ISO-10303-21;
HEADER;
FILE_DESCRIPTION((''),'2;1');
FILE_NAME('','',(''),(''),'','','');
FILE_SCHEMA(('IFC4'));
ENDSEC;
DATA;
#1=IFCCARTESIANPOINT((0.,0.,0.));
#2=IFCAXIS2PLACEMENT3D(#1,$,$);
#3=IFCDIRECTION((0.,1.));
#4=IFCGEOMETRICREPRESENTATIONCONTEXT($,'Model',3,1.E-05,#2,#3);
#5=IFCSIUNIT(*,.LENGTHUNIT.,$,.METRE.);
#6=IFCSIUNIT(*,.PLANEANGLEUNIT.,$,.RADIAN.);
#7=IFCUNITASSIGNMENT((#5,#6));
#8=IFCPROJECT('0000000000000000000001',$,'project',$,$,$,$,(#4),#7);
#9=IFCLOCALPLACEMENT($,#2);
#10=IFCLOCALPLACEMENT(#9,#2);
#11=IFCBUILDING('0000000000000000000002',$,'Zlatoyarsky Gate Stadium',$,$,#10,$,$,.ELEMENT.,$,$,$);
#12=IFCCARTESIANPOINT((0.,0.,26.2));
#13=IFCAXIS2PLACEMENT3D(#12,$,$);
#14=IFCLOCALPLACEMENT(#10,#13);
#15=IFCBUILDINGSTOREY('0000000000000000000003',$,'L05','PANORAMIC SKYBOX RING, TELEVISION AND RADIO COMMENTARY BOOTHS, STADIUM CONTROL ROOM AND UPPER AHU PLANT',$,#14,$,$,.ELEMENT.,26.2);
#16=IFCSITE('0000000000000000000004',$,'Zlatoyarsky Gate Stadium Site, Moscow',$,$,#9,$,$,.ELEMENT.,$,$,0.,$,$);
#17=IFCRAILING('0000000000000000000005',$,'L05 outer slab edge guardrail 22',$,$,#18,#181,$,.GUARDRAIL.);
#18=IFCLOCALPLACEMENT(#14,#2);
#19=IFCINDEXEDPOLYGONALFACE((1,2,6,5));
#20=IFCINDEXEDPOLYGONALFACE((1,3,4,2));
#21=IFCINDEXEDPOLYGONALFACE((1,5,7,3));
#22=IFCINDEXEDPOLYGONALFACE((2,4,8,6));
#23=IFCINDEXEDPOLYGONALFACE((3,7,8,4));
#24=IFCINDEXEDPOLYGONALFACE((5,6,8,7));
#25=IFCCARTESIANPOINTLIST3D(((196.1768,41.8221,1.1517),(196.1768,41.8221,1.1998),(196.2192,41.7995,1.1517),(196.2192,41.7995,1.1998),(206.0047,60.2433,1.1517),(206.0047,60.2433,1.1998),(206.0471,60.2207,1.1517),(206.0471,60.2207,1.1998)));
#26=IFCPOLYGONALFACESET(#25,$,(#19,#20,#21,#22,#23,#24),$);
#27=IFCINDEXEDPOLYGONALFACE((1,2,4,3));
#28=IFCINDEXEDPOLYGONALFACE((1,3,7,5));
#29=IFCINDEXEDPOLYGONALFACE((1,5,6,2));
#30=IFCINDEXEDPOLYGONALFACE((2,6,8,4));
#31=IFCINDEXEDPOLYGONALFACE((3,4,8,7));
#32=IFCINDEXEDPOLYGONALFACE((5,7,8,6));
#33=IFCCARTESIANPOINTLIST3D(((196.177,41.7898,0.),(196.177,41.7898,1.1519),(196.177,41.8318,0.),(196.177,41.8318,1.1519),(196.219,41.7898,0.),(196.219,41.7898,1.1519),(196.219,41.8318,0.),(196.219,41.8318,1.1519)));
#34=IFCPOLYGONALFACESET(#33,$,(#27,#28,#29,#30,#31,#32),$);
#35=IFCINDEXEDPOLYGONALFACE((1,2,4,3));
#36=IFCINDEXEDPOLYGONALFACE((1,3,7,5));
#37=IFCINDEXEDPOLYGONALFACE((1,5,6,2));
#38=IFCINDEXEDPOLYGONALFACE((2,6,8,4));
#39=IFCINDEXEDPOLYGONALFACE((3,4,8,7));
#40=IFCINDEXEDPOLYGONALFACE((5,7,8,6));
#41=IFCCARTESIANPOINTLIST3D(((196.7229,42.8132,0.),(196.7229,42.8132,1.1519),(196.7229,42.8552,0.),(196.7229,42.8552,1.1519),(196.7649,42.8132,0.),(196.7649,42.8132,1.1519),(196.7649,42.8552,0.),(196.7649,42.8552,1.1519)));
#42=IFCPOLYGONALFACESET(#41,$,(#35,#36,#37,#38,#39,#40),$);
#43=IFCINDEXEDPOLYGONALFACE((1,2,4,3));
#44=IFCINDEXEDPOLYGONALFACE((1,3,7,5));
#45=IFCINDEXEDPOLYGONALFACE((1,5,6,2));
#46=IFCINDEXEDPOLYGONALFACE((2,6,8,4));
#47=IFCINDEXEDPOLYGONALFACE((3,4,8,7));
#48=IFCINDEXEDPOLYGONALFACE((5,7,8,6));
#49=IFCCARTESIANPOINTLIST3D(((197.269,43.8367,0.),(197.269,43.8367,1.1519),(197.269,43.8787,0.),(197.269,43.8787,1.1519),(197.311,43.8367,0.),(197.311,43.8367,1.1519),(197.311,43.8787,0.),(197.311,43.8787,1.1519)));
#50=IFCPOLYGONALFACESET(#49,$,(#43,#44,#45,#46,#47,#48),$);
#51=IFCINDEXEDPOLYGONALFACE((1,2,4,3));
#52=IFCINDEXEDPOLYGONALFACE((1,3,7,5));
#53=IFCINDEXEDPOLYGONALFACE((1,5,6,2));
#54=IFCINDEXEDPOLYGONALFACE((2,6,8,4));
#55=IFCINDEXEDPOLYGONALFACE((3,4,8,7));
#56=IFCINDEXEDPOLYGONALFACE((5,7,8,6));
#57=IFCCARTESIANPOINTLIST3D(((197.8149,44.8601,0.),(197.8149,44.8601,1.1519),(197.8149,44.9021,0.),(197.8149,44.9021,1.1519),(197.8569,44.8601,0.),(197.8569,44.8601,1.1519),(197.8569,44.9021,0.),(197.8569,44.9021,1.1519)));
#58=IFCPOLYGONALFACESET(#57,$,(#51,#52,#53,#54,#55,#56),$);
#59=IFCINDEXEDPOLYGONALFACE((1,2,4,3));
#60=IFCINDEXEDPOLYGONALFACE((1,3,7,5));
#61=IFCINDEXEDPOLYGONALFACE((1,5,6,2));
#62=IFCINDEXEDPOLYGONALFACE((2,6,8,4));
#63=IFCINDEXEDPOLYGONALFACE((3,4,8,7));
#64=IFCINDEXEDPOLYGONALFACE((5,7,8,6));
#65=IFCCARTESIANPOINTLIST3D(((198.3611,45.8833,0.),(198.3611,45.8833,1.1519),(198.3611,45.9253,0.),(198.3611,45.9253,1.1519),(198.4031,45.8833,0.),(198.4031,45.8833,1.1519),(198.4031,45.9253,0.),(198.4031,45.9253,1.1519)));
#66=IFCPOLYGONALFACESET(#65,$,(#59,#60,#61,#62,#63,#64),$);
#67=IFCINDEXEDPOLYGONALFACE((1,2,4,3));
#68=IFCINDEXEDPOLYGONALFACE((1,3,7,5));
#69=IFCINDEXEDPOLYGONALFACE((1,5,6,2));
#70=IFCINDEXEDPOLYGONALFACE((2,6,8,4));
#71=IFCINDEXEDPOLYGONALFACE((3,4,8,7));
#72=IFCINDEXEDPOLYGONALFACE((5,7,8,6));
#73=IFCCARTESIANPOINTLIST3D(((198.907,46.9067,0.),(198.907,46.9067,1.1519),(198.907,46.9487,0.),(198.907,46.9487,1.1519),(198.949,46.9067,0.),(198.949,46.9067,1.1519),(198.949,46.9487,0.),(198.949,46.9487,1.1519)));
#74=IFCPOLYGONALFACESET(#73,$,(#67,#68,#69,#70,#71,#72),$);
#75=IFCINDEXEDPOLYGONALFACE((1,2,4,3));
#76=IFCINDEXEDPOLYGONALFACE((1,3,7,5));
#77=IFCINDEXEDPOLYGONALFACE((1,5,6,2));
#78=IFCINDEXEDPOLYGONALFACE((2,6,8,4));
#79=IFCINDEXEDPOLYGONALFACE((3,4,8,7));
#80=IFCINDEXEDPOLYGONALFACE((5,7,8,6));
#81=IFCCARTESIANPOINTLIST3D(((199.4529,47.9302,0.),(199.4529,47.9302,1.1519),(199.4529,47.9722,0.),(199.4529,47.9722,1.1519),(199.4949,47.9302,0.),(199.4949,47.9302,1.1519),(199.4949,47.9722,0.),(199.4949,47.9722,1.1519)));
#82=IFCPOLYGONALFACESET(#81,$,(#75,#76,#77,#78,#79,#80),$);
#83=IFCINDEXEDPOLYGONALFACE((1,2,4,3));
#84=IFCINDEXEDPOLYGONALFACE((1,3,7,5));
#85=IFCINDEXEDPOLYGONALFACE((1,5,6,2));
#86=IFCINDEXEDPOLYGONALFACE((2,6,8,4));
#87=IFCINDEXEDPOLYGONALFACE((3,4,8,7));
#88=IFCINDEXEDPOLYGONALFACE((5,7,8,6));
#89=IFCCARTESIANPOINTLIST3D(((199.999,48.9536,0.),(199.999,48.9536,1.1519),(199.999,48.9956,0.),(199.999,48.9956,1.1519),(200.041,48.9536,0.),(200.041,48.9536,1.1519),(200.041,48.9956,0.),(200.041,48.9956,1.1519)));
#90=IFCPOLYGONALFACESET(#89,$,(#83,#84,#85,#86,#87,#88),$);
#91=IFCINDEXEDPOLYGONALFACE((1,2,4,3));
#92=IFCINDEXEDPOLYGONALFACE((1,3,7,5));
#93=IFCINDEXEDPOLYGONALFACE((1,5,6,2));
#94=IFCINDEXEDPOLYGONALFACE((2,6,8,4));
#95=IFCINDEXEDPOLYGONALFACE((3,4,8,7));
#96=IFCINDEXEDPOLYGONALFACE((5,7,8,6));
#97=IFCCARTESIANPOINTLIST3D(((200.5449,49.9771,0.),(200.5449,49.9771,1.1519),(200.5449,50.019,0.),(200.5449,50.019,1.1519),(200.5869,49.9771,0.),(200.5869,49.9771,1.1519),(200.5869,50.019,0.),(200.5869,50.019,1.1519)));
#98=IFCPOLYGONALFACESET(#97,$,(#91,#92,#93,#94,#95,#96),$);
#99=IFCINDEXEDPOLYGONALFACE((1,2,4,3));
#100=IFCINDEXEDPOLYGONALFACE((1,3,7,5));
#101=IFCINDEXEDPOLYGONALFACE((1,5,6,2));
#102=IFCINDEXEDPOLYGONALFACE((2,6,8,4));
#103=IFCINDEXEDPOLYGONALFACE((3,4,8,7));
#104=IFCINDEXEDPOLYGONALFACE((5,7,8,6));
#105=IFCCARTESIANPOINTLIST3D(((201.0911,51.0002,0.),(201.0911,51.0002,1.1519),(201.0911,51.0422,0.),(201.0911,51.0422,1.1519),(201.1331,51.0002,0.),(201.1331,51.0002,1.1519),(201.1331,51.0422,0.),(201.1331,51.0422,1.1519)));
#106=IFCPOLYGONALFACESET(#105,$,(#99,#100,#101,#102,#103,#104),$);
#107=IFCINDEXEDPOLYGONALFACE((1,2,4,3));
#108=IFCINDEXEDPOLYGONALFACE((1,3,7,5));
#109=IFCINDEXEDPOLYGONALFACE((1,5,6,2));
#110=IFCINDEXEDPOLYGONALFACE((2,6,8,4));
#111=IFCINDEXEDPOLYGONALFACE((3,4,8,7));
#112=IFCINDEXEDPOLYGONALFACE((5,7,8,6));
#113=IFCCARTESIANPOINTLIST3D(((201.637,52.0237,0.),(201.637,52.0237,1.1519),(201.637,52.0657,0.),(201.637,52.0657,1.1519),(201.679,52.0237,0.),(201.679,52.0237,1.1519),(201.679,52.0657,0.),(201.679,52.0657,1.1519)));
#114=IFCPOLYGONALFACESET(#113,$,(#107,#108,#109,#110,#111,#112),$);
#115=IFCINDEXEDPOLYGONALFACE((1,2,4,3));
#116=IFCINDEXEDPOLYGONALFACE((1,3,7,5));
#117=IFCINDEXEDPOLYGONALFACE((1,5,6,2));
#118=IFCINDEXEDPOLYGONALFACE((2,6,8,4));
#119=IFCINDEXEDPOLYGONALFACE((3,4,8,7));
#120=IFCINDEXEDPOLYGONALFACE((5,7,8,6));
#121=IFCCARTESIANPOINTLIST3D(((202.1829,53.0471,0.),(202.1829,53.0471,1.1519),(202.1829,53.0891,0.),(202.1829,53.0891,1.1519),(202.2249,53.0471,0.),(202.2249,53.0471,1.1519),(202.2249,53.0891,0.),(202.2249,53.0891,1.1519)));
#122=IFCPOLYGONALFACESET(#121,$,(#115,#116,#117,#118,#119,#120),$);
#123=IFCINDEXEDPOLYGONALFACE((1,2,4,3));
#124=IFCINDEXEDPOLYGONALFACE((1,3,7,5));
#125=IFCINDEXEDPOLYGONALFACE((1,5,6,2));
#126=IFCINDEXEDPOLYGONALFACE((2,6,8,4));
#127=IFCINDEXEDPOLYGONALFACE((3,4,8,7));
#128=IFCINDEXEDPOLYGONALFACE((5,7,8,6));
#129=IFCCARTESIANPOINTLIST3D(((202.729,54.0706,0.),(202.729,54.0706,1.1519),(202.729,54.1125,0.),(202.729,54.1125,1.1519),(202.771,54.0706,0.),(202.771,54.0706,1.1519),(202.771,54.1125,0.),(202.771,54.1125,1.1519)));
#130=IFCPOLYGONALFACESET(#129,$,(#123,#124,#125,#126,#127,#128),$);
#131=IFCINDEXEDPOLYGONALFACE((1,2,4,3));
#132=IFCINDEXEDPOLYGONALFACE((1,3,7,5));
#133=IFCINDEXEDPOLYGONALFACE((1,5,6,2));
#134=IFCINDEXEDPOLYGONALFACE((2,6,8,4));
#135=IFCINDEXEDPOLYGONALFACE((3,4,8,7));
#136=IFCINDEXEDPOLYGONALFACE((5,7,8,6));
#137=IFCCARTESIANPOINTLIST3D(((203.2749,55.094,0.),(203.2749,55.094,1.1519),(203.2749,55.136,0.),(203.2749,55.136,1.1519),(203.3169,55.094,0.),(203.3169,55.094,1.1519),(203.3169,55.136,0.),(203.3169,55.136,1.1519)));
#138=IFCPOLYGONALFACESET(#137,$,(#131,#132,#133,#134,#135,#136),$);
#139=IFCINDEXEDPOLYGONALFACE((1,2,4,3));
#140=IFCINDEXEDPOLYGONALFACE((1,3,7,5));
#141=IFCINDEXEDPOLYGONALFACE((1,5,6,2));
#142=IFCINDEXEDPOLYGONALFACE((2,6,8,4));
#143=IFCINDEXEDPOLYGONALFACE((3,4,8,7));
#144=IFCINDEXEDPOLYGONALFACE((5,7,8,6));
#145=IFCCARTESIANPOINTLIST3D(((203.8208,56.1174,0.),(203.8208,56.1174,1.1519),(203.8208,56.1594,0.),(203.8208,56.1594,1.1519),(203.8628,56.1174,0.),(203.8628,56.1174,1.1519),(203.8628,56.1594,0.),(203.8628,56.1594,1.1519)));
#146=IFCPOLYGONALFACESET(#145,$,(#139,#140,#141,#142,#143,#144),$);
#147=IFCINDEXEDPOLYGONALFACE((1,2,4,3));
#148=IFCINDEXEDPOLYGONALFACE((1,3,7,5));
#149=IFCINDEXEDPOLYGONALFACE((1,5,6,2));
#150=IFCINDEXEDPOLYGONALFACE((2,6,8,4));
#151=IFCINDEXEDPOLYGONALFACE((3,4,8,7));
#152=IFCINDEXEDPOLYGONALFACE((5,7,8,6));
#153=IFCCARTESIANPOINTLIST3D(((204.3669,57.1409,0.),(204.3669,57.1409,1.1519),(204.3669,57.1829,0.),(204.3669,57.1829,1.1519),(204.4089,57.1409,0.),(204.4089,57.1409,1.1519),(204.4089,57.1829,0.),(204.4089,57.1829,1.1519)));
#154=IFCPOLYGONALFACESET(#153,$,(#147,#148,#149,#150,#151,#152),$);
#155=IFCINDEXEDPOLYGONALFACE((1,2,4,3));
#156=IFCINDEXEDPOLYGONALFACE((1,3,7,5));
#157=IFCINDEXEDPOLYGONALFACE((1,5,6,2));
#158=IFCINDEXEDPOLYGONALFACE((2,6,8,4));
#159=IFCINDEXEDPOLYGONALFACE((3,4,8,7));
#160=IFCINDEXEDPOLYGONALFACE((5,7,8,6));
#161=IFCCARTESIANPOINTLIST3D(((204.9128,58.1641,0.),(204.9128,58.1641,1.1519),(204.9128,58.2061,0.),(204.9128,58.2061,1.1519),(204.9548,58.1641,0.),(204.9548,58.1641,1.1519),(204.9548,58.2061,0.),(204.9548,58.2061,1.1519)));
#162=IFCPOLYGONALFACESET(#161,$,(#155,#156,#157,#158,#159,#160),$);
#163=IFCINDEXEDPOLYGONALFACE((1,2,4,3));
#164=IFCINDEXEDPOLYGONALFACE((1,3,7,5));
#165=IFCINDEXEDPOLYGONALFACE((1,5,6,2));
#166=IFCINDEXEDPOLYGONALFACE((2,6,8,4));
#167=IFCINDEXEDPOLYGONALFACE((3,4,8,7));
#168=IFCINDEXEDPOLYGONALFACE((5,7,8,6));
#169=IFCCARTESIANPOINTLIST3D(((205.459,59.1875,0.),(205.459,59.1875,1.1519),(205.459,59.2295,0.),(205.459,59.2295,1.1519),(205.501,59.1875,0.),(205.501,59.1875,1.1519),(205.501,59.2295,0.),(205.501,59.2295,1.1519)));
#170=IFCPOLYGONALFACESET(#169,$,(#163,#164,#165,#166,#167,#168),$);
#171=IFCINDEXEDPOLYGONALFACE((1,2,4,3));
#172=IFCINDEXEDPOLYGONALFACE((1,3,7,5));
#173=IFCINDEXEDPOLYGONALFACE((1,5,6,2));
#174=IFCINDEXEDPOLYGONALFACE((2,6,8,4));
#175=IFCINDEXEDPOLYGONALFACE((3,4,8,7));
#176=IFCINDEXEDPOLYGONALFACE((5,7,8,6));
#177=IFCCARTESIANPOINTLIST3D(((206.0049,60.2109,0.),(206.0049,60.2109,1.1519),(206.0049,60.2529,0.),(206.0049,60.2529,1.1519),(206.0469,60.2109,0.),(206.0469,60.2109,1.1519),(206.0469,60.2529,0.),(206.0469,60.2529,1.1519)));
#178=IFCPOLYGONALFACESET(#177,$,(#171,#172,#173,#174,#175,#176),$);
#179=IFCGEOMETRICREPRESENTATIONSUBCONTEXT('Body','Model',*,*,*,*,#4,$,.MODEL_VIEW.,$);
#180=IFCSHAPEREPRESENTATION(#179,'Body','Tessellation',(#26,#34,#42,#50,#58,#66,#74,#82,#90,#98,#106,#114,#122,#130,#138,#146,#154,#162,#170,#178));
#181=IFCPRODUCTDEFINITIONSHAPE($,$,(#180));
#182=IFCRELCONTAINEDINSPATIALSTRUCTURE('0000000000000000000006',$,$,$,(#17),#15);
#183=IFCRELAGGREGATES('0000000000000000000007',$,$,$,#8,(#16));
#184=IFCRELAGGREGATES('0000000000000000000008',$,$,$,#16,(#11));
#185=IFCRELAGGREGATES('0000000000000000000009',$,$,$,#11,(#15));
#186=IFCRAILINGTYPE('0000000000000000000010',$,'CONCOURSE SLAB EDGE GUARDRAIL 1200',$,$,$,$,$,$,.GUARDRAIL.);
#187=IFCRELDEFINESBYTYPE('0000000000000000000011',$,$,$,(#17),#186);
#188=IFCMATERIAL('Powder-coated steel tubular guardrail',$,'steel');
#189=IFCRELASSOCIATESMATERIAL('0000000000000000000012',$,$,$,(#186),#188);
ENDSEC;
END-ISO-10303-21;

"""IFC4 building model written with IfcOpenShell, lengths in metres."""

from ifc_helpers import new_model, si_unit, direction, frame, origin, origin_2d, place, context, subcontext, project, spatial, rectangle, extrude, material, type_object, element, save


model = new_model("IFC4")

# Units and contexts
model_context = context("Model", 3, precision=1e-05, world=origin(), true_north=direction((0.0, 1.0)))
body_context = subcontext(model_context, "Body", "Model", "MODEL_VIEW")
ifc_project = project(units=[si_unit("LENGTHUNIT", "METRE"), si_unit("PLANEANGLEUNIT", "RADIAN")], contexts=[model_context])

# Site, building, storey
site_placement = place(None, origin())
site = spatial("IfcSite", under=ifc_project, at=site_placement, Name="Zlatoyarsky Gate Stadium Site, Moscow", CompositionType="ELEMENT", RefElevation=0.0)
building_placement = place(site_placement, origin())
building = spatial("IfcBuilding", under=site, at=building_placement, Name="Zlatoyarsky Gate Stadium", CompositionType="ELEMENT")
storey_placement = place(building_placement, frame((0.0, 0.0, 26.2)))
storey = spatial("IfcBuildingStorey", under=building, at=storey_placement, Name="L05", Description="PANORAMIC SKYBOX RING, TELEVISION AND RADIO COMMENTARY BOOTHS, STADIUM CONTROL ROOM AND UPPER AHU PLANT", CompositionType="ELEMENT", Elevation=26.2)

# Railing
ifc_material_1 = material(Name="Powder-coated steel tubular guardrail", Category="steel")
railing_type = type_object("IfcRailingType", Name="CONCOURSE SLAB EDGE GUARDRAIL 1200", PredefinedType="GUARDRAIL", material=ifc_material_1)
railing_placement = place(storey_placement, frame((196.198, 41.8108, 0.0)))
element("IfcRailing", 1, at=railing_placement, inside=storey, type_object=railing_type, Name="L05 outer slab edge guardrail 22", PredefinedType="GUARDRAIL", context=body_context, shape_type="SweptSolid", body=[
    extrude(rectangle(XDim=0.0481, YDim=0.0481, at=origin_2d()), frame((0.0, 0.0, 1.1758), z_axis=(0.47071, 0.882288, 0.0), x_axis=(-0.882288, 0.47071, 0.0)), (0.0, 0.0, 1.0), 20.8789),
    extrude(rectangle(XDim=0.042, YDim=0.042, at=origin_2d()), origin(), (0.0, 0.0, 1.0), 1.1519),
    extrude(rectangle(XDim=0.042, YDim=0.042, at=origin_2d()), frame((0.5459, 1.0234, 0.0)), (0.0, 0.0, 1.0), 1.1519),
    extrude(rectangle(XDim=0.042, YDim=0.042, at=origin_2d()), frame((1.092, 2.0469, 0.0)), (0.0, 0.0, 1.0), 1.1519),
    extrude(rectangle(XDim=0.042, YDim=0.042, at=origin_2d()), frame((1.6379, 3.0703, 0.0)), (0.0, 0.0, 1.0), 1.1519),
    extrude(rectangle(XDim=0.042, YDim=0.042, at=origin_2d()), frame((2.1841, 4.0935, 0.0)), (0.0, 0.0, 1.0), 1.1519),
    extrude(rectangle(XDim=0.042, YDim=0.042, at=origin_2d()), frame((2.73, 5.1169, 0.0)), (0.0, 0.0, 1.0), 1.1519),
    extrude(rectangle(XDim=0.042, YDim=0.042, at=origin_2d()), frame((3.2759, 6.1404, 0.0)), (0.0, 0.0, 1.0), 1.1519),
    extrude(rectangle(XDim=0.042, YDim=0.042, at=origin_2d()), frame((3.822, 7.1638, 0.0)), (0.0, 0.0, 1.0), 1.1519),
    extrude(rectangle(XDim=0.042, YDim=0.042, at=origin_2d()), frame((4.3679, 8.1873, 0.0)), (0.0, 0.0, 1.0), 1.1519),
    extrude(rectangle(XDim=0.042, YDim=0.042, at=origin_2d()), frame((4.9141, 9.2104, 0.0)), (0.0, 0.0, 1.0), 1.1519),
    extrude(rectangle(XDim=0.042, YDim=0.042, at=origin_2d()), frame((5.46, 10.2339, 0.0)), (0.0, 0.0, 1.0), 1.1519),
    extrude(rectangle(XDim=0.042, YDim=0.042, at=origin_2d()), frame((6.0059, 11.2573, 0.0)), (0.0, 0.0, 1.0), 1.1519),
    extrude(rectangle(XDim=0.042, YDim=0.042, at=origin_2d()), frame((6.552, 12.2808, 0.0)), (0.0, 0.0, 1.0), 1.1519),
    extrude(rectangle(XDim=0.042, YDim=0.042, at=origin_2d()), frame((7.0979, 13.3042, 0.0)), (0.0, 0.0, 1.0), 1.1519),
    extrude(rectangle(XDim=0.042, YDim=0.042, at=origin_2d()), frame((7.6438, 14.3276, 0.0)), (0.0, 0.0, 1.0), 1.1519),
    extrude(rectangle(XDim=0.042, YDim=0.042, at=origin_2d()), frame((8.1899, 15.3511, 0.0)), (0.0, 0.0, 1.0), 1.1519),
    extrude(rectangle(XDim=0.042, YDim=0.042, at=origin_2d()), frame((8.7358, 16.3743, 0.0)), (0.0, 0.0, 1.0), 1.1519),
    extrude(rectangle(XDim=0.042, YDim=0.042, at=origin_2d()), frame((9.282, 17.3977, 0.0)), (0.0, 0.0, 1.0), 1.1519),
    extrude(rectangle(XDim=0.042, YDim=0.042, at=origin_2d()), frame((9.8279, 18.4211, 0.0)), (0.0, 0.0, 1.0), 1.1519),
])

save(model, "model.ifc")
